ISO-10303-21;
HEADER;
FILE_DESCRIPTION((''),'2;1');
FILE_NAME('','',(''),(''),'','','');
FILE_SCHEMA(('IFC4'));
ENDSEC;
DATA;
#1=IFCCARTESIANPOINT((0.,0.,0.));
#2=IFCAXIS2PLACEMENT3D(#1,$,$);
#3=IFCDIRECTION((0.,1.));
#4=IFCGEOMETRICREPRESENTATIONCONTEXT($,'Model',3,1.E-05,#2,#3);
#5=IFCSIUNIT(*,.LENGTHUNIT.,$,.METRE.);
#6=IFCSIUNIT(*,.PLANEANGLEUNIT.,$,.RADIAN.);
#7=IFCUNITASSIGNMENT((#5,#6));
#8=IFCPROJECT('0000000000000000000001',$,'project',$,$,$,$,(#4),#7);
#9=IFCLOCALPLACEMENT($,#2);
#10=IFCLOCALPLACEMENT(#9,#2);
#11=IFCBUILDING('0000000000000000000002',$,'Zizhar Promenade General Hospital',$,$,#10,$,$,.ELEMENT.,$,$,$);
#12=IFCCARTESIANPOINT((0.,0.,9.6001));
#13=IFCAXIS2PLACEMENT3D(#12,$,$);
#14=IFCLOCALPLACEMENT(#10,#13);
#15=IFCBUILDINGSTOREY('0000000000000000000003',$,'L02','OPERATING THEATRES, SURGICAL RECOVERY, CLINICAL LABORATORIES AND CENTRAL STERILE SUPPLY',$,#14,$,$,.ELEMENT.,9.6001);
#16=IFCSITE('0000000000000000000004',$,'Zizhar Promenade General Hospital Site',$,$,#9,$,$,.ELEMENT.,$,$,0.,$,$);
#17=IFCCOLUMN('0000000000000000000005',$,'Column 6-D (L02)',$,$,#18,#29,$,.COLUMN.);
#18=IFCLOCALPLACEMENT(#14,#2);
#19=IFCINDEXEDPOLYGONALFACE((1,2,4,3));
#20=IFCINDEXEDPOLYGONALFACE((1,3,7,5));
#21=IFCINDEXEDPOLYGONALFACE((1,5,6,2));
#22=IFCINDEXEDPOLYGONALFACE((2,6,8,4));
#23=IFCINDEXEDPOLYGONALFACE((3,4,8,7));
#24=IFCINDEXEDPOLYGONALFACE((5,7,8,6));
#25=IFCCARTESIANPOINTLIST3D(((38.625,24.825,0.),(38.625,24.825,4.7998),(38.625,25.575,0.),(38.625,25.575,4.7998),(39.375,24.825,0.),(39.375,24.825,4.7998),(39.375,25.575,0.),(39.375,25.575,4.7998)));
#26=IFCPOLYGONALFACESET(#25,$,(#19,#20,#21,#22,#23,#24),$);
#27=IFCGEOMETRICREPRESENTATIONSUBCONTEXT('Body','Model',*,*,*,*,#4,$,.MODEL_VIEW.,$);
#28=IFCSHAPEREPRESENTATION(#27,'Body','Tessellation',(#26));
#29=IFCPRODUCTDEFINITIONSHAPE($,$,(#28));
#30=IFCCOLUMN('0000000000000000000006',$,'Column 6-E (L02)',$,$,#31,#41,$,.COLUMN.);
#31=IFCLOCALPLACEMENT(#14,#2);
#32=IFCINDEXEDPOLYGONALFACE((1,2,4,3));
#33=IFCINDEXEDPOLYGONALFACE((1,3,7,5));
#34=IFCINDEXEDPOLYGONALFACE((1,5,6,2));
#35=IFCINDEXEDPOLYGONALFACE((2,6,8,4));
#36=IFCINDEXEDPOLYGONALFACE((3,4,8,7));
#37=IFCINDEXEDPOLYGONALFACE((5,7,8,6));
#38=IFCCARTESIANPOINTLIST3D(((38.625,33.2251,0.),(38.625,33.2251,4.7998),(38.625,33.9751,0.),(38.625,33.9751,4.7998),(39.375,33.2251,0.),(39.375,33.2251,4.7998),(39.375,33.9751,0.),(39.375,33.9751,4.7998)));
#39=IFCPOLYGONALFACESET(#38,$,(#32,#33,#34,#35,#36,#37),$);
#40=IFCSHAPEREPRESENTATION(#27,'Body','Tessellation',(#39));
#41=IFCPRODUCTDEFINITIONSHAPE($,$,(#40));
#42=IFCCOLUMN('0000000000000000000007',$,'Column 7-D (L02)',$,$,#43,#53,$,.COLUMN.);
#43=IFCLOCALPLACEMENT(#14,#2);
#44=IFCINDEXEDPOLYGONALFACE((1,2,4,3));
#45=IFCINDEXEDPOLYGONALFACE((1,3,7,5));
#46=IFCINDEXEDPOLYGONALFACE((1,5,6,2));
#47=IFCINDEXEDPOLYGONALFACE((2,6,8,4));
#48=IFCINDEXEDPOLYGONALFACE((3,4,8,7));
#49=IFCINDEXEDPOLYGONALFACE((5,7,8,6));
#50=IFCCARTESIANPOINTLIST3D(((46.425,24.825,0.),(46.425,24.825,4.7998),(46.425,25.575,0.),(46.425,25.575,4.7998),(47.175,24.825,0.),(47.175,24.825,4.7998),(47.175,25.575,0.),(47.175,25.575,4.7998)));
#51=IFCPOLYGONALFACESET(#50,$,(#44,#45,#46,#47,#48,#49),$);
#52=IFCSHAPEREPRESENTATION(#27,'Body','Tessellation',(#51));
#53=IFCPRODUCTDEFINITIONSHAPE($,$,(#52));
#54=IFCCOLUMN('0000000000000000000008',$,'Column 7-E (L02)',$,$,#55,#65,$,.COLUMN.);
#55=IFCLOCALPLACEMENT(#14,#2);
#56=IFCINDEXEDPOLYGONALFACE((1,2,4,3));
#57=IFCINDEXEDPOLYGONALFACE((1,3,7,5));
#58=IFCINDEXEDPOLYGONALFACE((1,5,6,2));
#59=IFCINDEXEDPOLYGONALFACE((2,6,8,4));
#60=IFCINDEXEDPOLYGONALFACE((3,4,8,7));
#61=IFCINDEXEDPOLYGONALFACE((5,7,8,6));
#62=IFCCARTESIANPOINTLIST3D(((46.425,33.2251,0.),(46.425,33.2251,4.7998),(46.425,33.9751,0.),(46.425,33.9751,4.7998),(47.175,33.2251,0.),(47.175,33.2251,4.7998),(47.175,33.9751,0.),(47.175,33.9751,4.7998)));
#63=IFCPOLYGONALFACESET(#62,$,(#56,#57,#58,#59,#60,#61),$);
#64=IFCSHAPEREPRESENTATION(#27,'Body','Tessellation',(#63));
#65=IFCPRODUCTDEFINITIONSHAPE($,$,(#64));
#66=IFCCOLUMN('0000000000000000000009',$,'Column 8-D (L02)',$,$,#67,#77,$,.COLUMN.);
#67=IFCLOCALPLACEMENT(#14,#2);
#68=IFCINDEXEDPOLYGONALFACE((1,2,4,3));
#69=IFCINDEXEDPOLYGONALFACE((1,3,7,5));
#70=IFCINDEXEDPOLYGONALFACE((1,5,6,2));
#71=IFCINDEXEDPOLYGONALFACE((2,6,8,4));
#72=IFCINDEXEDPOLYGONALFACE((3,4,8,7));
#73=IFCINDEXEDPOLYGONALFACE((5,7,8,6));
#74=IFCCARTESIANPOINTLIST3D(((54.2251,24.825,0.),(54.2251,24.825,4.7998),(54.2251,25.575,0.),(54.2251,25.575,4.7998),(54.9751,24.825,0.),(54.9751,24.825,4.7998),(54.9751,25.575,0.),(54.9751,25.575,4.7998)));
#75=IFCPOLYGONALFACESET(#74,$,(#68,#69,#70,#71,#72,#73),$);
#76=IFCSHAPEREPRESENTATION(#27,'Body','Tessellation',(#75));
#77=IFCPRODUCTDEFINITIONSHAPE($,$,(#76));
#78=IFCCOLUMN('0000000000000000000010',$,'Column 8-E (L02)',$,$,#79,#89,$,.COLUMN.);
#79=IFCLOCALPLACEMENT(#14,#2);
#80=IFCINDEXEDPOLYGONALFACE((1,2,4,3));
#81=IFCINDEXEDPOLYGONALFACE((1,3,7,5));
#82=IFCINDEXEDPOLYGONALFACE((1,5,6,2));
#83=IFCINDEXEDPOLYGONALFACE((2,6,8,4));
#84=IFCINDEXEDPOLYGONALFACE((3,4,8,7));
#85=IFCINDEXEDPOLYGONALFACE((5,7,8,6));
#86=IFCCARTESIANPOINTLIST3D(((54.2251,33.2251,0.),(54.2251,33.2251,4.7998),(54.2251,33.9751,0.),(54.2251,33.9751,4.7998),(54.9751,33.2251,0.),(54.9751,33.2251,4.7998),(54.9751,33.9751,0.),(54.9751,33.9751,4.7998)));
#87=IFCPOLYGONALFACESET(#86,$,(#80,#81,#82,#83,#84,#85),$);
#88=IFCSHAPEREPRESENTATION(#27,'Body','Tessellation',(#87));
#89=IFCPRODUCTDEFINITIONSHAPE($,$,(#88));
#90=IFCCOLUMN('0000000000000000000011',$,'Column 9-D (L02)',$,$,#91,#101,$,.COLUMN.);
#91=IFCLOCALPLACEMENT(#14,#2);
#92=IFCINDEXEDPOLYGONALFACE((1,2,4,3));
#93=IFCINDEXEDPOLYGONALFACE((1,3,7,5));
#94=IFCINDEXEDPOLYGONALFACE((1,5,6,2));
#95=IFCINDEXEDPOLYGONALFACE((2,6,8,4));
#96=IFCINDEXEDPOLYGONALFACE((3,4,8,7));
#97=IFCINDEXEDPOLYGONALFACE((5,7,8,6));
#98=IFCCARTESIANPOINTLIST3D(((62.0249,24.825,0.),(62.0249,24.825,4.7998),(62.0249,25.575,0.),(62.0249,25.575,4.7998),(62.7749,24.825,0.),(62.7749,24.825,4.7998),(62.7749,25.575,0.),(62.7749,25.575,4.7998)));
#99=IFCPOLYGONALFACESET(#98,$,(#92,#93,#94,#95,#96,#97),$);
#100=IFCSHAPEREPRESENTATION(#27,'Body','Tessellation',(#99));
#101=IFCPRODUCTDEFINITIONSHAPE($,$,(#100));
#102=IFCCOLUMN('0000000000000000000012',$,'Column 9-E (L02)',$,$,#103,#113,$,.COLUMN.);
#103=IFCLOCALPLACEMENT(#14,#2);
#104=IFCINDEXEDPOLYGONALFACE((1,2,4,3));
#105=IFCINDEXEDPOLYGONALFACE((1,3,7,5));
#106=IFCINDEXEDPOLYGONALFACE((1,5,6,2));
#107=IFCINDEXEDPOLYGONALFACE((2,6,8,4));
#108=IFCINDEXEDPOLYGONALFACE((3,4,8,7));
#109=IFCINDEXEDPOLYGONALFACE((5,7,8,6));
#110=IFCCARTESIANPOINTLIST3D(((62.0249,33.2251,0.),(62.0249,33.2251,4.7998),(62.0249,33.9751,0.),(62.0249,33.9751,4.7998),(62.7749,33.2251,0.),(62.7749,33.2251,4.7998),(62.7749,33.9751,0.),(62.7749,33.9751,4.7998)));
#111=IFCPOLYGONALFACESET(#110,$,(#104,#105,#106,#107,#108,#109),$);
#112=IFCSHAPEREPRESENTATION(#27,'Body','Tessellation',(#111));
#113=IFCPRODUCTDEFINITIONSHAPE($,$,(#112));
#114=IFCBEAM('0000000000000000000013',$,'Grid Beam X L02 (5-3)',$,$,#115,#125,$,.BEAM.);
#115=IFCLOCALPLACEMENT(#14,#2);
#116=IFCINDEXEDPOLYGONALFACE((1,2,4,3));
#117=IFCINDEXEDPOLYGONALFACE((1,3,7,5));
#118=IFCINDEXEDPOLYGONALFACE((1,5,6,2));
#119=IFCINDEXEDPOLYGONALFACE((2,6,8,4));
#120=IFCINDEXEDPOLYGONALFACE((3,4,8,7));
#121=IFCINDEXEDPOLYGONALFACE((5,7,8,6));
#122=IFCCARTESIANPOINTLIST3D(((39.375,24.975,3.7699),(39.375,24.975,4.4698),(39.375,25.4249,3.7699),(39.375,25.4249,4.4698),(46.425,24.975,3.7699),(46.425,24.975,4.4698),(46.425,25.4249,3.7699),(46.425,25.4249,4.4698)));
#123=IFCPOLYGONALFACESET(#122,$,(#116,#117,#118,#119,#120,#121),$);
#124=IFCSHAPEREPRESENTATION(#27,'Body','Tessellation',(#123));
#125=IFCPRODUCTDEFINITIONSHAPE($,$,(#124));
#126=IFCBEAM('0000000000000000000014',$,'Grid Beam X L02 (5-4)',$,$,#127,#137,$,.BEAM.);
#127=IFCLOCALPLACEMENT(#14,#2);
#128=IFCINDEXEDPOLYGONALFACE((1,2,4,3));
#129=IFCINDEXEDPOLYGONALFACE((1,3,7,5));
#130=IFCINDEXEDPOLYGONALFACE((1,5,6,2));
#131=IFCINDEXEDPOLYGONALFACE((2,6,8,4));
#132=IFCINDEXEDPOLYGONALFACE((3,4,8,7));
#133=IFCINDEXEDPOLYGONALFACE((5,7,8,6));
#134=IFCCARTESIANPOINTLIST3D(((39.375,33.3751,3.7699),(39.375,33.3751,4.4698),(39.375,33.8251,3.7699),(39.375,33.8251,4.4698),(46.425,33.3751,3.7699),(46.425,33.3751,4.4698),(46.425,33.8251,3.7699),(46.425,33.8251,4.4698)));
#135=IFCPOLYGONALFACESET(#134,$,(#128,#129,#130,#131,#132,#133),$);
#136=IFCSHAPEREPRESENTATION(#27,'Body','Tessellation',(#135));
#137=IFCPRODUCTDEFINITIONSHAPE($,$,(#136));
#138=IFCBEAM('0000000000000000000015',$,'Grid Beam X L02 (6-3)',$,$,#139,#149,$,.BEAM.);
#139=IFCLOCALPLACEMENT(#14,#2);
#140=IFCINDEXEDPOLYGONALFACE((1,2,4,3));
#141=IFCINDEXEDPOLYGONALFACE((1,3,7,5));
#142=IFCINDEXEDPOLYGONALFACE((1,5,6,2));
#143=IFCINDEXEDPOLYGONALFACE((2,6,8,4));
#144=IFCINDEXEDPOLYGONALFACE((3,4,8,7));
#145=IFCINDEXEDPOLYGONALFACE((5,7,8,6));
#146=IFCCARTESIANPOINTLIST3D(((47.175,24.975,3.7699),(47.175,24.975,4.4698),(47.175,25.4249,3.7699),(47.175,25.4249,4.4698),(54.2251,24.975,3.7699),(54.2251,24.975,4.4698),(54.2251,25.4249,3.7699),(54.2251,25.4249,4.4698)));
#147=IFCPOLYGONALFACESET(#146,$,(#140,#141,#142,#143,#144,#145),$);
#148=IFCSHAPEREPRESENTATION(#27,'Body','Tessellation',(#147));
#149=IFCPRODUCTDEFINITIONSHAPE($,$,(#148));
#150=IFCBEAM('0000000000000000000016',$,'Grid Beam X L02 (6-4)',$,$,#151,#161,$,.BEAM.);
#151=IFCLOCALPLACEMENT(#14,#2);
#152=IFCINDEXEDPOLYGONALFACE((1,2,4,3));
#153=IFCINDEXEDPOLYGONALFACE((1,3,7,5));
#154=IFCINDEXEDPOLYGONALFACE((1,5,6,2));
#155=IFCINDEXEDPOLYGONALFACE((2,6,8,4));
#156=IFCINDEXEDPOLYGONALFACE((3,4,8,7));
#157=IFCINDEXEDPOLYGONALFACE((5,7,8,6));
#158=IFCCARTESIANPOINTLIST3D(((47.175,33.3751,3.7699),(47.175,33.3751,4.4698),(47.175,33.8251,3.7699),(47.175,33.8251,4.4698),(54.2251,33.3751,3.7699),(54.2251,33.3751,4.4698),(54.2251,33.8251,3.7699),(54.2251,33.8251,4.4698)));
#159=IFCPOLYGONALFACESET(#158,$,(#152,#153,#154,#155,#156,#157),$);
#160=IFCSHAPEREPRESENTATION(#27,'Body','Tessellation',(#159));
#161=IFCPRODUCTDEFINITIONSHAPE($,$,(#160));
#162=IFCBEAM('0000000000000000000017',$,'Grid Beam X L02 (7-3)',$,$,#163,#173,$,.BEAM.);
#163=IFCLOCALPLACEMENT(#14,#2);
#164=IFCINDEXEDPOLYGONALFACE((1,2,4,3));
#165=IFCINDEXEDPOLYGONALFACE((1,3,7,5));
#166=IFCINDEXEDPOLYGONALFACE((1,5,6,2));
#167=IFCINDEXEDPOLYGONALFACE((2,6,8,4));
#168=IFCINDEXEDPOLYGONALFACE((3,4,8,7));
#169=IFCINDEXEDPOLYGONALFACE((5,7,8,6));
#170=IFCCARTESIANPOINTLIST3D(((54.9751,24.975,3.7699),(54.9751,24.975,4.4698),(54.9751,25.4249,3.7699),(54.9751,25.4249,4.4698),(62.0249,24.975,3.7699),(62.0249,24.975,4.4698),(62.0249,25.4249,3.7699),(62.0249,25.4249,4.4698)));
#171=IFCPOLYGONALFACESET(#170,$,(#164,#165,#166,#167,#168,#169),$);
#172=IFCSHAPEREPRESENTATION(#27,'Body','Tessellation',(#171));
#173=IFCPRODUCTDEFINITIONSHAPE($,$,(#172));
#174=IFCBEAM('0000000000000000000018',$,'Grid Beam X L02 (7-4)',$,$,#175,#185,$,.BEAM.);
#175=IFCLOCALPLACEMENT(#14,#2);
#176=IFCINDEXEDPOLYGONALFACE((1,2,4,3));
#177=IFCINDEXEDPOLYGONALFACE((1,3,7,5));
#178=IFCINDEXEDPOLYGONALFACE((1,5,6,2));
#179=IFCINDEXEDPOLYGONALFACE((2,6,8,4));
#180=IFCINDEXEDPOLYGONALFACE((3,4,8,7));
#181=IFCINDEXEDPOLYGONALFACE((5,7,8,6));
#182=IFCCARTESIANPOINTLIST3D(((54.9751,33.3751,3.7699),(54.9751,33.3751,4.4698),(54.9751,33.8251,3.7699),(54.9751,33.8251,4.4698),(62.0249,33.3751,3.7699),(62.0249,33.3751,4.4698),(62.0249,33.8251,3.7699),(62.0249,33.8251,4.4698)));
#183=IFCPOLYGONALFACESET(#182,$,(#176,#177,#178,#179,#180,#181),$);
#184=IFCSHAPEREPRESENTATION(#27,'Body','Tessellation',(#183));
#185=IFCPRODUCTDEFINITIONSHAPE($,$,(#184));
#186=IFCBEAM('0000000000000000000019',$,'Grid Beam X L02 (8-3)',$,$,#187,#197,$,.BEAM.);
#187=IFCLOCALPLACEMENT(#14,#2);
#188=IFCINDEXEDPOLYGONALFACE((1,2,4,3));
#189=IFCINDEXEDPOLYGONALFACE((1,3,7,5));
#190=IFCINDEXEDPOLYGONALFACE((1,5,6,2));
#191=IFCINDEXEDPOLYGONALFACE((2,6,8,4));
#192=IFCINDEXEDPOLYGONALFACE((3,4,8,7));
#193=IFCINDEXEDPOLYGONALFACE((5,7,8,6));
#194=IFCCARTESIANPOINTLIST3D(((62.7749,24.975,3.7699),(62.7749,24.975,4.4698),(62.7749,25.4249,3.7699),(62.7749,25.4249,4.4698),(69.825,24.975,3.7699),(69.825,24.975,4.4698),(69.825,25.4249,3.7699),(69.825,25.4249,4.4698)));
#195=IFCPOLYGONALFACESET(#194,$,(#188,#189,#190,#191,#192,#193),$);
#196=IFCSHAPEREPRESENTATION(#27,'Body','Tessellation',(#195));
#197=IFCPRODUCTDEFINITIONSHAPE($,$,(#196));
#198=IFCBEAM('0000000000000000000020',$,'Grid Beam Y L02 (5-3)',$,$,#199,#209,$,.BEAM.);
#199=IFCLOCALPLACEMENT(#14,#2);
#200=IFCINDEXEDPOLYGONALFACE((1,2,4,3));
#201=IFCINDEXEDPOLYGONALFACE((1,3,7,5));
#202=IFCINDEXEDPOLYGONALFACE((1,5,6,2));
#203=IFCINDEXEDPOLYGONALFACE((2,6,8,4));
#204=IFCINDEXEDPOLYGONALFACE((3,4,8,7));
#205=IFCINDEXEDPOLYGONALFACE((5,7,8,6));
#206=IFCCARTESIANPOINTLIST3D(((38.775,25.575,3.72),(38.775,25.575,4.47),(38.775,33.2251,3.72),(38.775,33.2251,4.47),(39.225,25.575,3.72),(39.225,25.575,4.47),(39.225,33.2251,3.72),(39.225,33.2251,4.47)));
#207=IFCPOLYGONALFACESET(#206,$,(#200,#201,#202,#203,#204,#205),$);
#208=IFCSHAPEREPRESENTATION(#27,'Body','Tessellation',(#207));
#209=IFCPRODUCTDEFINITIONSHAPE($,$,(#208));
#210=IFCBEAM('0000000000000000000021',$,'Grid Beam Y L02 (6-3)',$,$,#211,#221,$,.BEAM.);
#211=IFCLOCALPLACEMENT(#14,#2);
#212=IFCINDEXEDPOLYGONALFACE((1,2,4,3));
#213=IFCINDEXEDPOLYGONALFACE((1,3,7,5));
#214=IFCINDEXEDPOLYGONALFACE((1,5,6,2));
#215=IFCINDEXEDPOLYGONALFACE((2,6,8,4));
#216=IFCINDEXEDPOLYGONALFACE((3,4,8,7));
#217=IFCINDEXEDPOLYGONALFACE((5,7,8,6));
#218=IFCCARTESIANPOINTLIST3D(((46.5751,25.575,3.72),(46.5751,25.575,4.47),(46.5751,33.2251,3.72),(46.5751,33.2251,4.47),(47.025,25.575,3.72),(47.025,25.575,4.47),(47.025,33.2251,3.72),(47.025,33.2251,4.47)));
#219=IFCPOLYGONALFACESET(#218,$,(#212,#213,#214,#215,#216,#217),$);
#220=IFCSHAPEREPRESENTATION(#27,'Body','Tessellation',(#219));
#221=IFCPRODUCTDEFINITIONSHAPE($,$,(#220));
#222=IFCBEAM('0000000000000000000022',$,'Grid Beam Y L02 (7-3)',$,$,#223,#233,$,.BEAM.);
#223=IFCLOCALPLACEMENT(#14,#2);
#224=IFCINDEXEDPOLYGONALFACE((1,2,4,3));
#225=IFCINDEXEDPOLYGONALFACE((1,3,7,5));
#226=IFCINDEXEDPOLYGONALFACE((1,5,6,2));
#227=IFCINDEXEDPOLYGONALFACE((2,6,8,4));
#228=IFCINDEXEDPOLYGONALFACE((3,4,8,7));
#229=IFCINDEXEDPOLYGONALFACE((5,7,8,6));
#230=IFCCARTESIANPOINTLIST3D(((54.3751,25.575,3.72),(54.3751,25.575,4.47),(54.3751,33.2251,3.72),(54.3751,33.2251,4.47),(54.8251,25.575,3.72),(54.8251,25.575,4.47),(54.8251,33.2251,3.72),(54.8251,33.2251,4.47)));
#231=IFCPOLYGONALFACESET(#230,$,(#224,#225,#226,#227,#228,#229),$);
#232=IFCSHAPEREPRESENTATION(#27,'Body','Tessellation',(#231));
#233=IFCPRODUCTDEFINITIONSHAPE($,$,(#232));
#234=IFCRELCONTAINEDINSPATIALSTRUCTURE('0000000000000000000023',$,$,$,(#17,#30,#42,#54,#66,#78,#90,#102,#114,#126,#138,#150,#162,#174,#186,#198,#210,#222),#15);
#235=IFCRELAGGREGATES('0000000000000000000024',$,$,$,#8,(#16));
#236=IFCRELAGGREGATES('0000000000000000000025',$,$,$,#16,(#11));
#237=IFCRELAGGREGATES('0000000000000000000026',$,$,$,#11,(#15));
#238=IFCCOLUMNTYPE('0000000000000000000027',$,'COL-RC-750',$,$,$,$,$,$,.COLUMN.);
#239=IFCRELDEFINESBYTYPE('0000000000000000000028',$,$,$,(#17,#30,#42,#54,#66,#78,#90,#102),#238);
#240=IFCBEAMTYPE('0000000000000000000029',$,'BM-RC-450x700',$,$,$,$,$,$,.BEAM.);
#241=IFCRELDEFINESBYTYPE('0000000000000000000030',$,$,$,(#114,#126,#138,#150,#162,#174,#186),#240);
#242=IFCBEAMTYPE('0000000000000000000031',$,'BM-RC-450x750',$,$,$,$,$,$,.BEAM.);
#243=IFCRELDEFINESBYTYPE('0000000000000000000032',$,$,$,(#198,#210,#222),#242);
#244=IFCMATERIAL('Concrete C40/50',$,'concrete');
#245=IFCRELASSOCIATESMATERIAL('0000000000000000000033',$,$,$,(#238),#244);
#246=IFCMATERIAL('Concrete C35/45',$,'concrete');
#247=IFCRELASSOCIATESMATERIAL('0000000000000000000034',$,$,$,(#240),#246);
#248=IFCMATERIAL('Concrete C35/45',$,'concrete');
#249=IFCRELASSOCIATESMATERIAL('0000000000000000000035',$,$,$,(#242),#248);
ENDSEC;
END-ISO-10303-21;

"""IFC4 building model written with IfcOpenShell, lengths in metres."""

from ifc_helpers import new_model, si_unit, direction, frame, origin, origin_2d, place, context, subcontext, project, spatial, rectangle, extrude, material, material_profile, profile_set, type_object, element, save


model = new_model("IFC4")

# Units and contexts
model_context = context("Model", 3, precision=1e-05, world=origin(), true_north=direction((0.0, 1.0)))
body_context = subcontext(model_context, "Body", "Model", "MODEL_VIEW")
ifc_project = project(units=[si_unit("LENGTHUNIT", "METRE"), si_unit("PLANEANGLEUNIT", "RADIAN")], contexts=[model_context])

# Site, building, storey
site_placement = place(None, origin())
site = spatial("IfcSite", under=ifc_project, at=site_placement, Name="Zizhar Promenade General Hospital Site", CompositionType="ELEMENT", RefElevation=0.0)
building_placement = place(site_placement, origin())
building = spatial("IfcBuilding", under=site, at=building_placement, Name="Zizhar Promenade General Hospital", CompositionType="ELEMENT")
storey_placement = place(building_placement, frame((0.0, 0.0, 9.6001)))
storey = spatial("IfcBuildingStorey", under=building, at=storey_placement, Name="L02", Description="OPERATING THEATRES, SURGICAL RECOVERY, CLINICAL LABORATORIES AND CENTRAL STERILE SUPPLY", CompositionType="ELEMENT", Elevation=9.6001)

# Columns
ifc_material_1 = material(Name="Concrete C40/50", Category="concrete")
ifc_material_profile_1 = material_profile(ifc_material_1, rectangle(XDim=0.75, YDim=0.75, at=origin_2d()))
ifc_profile_set_1 = profile_set([ifc_material_profile_1], Name="Concrete C40/50")
column_type = type_object("IfcColumnType", Name="COL-RC-750", PredefinedType="COLUMN", material=ifc_profile_set_1)
for number, where, z_axis, x_axis, name in (
    (1, (39.0, 25.2, 0.0), (0.0, 0.0, 1.0), (1.0, 0.0, 0.0), "Column 6-D (L02)"),
    (2, (39.0, 33.6001, 0.0), (0.0, 0.0, 1.0), (1.0, 0.0, 0.0), "Column 6-E (L02)"),
    (3, (46.8, 25.2, 0.0), (0.0, 0.0, 1.0), (1.0, 0.0, 0.0), "Column 7-D (L02)"),
    (4, (46.8, 33.6001, 0.0), (0.0, 0.0, 1.0), (1.0, 0.0, 0.0), "Column 7-E (L02)"),
    (5, (54.6001, 25.2, 0.0), (0.0, 0.0, 1.0), (1.0, 0.0, 0.0), "Column 8-D (L02)"),
    (6, (54.6001, 33.6001, 0.0), (0.0, 0.0, 1.0), (1.0, 0.0, 0.0), "Column 8-E (L02)"),
    (7, (62.3999, 25.2, 0.0), (0.0, 0.0, 1.0), (1.0, 0.0, 0.0), "Column 9-D (L02)"),
    (8, (62.3999, 33.6001, 0.0), (0.0, 0.0, 1.0), (1.0, 0.0, 0.0), "Column 9-E (L02)"),
):
    element("IfcColumn", number, at=place(storey_placement, frame(where, z_axis=z_axis, x_axis=x_axis)), inside=storey, type_object=column_type, Name=name, PredefinedType="COLUMN", context=body_context, shape_type="SweptSolid", body=[
        extrude(rectangle(XDim=0.75, YDim=0.75, at=origin_2d()), origin(), (0.0, 0.0, 1.0), 4.7998),
    ])

# Beams
ifc_material_2 = material(Name="Concrete C35/45", Category="concrete")
ifc_material_profile_2 = material_profile(ifc_material_2, rectangle(XDim=0.45, YDim=0.7, at=origin_2d()))
ifc_profile_set_2 = profile_set([ifc_material_profile_2], Name="Concrete C35/45")
beam_type_1 = type_object("IfcBeamType", Name="BM-RC-450x700", PredefinedType="BEAM", material=ifc_profile_set_2)
for number, where, z_axis, x_axis, name in (
    (9, (39.375, 25.2, 4.1199), (1.0, 0.0, 0.0), (0.0, 1.0, 0.0), "Grid Beam X L02 (5-3)"),
    (10, (39.375, 33.6001, 4.1199), (1.0, 0.0, 0.0), (0.0, 1.0, 0.0), "Grid Beam X L02 (5-4)"),
    (11, (47.175, 25.2, 4.1199), (1.0, 0.0, 0.0), (0.0, 1.0, 0.0), "Grid Beam X L02 (6-3)"),
    (12, (47.175, 33.6001, 4.1199), (1.0, 0.0, 0.0), (0.0, 1.0, 0.0), "Grid Beam X L02 (6-4)"),
):
    element("IfcBeam", number, at=place(storey_placement, frame(where, z_axis=z_axis, x_axis=x_axis)), inside=storey, type_object=beam_type_1, Name=name, PredefinedType="BEAM", context=body_context, shape_type="SweptSolid", body=[
        extrude(rectangle(XDim=0.45, YDim=0.7, at=origin_2d()), origin(), (0.0, 0.0, 1.0), 7.05),
    ])
for number, where, z_axis, x_axis, name in (
    (13, (54.9751, 25.2, 4.1199), (1.0, 0.0, 0.0), (0.0, 1.0, 0.0), "Grid Beam X L02 (7-3)"),
    (14, (54.9751, 33.6001, 4.1199), (1.0, 0.0, 0.0), (0.0, 1.0, 0.0), "Grid Beam X L02 (7-4)"),
):
    element("IfcBeam", number, at=place(storey_placement, frame(where, z_axis=z_axis, x_axis=x_axis)), inside=storey, type_object=beam_type_1, Name=name, PredefinedType="BEAM", context=body_context, shape_type="SweptSolid", body=[
        extrude(rectangle(XDim=0.45, YDim=0.7, at=origin_2d()), origin(), (0.0, 0.0, 1.0), 7.0498),
    ])
beam_placement = place(storey_placement, frame((62.7749, 25.2, 4.1199), z_axis=(1.0, 0.0, 0.0), x_axis=(0.0, 1.0, 0.0)))
element("IfcBeam", 15, at=beam_placement, inside=storey, type_object=beam_type_1, Name="Grid Beam X L02 (8-3)", PredefinedType="BEAM", context=body_context, shape_type="SweptSolid", body=[
    extrude(rectangle(XDim=0.45, YDim=0.7, at=origin_2d()), origin(), (0.0, 0.0, 1.0), 7.05),
])
ifc_material_3 = material(Name="Concrete C35/45", Category="concrete")
ifc_material_profile_3 = material_profile(ifc_material_3, rectangle(XDim=0.45, YDim=0.75, at=origin_2d()))
ifc_profile_set_3 = profile_set([ifc_material_profile_3], Name="Concrete C35/45")
beam_type_2 = type_object("IfcBeamType", Name="BM-RC-450x750", PredefinedType="BEAM", material=ifc_profile_set_3)
for number, where, z_axis, x_axis, name in (
    (16, (39.0, 25.575, 4.095), (0.0, 1.0, 0.0), (-1.0, 0.0, 0.0), "Grid Beam Y L02 (5-3)"),
    (17, (46.8, 25.575, 4.095), (0.0, 1.0, 0.0), (-1.0, 0.0, 0.0), "Grid Beam Y L02 (6-3)"),
    (18, (54.6001, 25.575, 4.095), (0.0, 1.0, 0.0), (-1.0, 0.0, 0.0), "Grid Beam Y L02 (7-3)"),
):
    element("IfcBeam", number, at=place(storey_placement, frame(where, z_axis=z_axis, x_axis=x_axis)), inside=storey, type_object=beam_type_2, Name=name, PredefinedType="BEAM", context=body_context, shape_type="SweptSolid", body=[
        extrude(rectangle(XDim=0.45, YDim=0.75, at=origin_2d()), origin(), (0.0, 0.0, 1.0), 7.6501),
    ])

save(model, "model.ifc")
